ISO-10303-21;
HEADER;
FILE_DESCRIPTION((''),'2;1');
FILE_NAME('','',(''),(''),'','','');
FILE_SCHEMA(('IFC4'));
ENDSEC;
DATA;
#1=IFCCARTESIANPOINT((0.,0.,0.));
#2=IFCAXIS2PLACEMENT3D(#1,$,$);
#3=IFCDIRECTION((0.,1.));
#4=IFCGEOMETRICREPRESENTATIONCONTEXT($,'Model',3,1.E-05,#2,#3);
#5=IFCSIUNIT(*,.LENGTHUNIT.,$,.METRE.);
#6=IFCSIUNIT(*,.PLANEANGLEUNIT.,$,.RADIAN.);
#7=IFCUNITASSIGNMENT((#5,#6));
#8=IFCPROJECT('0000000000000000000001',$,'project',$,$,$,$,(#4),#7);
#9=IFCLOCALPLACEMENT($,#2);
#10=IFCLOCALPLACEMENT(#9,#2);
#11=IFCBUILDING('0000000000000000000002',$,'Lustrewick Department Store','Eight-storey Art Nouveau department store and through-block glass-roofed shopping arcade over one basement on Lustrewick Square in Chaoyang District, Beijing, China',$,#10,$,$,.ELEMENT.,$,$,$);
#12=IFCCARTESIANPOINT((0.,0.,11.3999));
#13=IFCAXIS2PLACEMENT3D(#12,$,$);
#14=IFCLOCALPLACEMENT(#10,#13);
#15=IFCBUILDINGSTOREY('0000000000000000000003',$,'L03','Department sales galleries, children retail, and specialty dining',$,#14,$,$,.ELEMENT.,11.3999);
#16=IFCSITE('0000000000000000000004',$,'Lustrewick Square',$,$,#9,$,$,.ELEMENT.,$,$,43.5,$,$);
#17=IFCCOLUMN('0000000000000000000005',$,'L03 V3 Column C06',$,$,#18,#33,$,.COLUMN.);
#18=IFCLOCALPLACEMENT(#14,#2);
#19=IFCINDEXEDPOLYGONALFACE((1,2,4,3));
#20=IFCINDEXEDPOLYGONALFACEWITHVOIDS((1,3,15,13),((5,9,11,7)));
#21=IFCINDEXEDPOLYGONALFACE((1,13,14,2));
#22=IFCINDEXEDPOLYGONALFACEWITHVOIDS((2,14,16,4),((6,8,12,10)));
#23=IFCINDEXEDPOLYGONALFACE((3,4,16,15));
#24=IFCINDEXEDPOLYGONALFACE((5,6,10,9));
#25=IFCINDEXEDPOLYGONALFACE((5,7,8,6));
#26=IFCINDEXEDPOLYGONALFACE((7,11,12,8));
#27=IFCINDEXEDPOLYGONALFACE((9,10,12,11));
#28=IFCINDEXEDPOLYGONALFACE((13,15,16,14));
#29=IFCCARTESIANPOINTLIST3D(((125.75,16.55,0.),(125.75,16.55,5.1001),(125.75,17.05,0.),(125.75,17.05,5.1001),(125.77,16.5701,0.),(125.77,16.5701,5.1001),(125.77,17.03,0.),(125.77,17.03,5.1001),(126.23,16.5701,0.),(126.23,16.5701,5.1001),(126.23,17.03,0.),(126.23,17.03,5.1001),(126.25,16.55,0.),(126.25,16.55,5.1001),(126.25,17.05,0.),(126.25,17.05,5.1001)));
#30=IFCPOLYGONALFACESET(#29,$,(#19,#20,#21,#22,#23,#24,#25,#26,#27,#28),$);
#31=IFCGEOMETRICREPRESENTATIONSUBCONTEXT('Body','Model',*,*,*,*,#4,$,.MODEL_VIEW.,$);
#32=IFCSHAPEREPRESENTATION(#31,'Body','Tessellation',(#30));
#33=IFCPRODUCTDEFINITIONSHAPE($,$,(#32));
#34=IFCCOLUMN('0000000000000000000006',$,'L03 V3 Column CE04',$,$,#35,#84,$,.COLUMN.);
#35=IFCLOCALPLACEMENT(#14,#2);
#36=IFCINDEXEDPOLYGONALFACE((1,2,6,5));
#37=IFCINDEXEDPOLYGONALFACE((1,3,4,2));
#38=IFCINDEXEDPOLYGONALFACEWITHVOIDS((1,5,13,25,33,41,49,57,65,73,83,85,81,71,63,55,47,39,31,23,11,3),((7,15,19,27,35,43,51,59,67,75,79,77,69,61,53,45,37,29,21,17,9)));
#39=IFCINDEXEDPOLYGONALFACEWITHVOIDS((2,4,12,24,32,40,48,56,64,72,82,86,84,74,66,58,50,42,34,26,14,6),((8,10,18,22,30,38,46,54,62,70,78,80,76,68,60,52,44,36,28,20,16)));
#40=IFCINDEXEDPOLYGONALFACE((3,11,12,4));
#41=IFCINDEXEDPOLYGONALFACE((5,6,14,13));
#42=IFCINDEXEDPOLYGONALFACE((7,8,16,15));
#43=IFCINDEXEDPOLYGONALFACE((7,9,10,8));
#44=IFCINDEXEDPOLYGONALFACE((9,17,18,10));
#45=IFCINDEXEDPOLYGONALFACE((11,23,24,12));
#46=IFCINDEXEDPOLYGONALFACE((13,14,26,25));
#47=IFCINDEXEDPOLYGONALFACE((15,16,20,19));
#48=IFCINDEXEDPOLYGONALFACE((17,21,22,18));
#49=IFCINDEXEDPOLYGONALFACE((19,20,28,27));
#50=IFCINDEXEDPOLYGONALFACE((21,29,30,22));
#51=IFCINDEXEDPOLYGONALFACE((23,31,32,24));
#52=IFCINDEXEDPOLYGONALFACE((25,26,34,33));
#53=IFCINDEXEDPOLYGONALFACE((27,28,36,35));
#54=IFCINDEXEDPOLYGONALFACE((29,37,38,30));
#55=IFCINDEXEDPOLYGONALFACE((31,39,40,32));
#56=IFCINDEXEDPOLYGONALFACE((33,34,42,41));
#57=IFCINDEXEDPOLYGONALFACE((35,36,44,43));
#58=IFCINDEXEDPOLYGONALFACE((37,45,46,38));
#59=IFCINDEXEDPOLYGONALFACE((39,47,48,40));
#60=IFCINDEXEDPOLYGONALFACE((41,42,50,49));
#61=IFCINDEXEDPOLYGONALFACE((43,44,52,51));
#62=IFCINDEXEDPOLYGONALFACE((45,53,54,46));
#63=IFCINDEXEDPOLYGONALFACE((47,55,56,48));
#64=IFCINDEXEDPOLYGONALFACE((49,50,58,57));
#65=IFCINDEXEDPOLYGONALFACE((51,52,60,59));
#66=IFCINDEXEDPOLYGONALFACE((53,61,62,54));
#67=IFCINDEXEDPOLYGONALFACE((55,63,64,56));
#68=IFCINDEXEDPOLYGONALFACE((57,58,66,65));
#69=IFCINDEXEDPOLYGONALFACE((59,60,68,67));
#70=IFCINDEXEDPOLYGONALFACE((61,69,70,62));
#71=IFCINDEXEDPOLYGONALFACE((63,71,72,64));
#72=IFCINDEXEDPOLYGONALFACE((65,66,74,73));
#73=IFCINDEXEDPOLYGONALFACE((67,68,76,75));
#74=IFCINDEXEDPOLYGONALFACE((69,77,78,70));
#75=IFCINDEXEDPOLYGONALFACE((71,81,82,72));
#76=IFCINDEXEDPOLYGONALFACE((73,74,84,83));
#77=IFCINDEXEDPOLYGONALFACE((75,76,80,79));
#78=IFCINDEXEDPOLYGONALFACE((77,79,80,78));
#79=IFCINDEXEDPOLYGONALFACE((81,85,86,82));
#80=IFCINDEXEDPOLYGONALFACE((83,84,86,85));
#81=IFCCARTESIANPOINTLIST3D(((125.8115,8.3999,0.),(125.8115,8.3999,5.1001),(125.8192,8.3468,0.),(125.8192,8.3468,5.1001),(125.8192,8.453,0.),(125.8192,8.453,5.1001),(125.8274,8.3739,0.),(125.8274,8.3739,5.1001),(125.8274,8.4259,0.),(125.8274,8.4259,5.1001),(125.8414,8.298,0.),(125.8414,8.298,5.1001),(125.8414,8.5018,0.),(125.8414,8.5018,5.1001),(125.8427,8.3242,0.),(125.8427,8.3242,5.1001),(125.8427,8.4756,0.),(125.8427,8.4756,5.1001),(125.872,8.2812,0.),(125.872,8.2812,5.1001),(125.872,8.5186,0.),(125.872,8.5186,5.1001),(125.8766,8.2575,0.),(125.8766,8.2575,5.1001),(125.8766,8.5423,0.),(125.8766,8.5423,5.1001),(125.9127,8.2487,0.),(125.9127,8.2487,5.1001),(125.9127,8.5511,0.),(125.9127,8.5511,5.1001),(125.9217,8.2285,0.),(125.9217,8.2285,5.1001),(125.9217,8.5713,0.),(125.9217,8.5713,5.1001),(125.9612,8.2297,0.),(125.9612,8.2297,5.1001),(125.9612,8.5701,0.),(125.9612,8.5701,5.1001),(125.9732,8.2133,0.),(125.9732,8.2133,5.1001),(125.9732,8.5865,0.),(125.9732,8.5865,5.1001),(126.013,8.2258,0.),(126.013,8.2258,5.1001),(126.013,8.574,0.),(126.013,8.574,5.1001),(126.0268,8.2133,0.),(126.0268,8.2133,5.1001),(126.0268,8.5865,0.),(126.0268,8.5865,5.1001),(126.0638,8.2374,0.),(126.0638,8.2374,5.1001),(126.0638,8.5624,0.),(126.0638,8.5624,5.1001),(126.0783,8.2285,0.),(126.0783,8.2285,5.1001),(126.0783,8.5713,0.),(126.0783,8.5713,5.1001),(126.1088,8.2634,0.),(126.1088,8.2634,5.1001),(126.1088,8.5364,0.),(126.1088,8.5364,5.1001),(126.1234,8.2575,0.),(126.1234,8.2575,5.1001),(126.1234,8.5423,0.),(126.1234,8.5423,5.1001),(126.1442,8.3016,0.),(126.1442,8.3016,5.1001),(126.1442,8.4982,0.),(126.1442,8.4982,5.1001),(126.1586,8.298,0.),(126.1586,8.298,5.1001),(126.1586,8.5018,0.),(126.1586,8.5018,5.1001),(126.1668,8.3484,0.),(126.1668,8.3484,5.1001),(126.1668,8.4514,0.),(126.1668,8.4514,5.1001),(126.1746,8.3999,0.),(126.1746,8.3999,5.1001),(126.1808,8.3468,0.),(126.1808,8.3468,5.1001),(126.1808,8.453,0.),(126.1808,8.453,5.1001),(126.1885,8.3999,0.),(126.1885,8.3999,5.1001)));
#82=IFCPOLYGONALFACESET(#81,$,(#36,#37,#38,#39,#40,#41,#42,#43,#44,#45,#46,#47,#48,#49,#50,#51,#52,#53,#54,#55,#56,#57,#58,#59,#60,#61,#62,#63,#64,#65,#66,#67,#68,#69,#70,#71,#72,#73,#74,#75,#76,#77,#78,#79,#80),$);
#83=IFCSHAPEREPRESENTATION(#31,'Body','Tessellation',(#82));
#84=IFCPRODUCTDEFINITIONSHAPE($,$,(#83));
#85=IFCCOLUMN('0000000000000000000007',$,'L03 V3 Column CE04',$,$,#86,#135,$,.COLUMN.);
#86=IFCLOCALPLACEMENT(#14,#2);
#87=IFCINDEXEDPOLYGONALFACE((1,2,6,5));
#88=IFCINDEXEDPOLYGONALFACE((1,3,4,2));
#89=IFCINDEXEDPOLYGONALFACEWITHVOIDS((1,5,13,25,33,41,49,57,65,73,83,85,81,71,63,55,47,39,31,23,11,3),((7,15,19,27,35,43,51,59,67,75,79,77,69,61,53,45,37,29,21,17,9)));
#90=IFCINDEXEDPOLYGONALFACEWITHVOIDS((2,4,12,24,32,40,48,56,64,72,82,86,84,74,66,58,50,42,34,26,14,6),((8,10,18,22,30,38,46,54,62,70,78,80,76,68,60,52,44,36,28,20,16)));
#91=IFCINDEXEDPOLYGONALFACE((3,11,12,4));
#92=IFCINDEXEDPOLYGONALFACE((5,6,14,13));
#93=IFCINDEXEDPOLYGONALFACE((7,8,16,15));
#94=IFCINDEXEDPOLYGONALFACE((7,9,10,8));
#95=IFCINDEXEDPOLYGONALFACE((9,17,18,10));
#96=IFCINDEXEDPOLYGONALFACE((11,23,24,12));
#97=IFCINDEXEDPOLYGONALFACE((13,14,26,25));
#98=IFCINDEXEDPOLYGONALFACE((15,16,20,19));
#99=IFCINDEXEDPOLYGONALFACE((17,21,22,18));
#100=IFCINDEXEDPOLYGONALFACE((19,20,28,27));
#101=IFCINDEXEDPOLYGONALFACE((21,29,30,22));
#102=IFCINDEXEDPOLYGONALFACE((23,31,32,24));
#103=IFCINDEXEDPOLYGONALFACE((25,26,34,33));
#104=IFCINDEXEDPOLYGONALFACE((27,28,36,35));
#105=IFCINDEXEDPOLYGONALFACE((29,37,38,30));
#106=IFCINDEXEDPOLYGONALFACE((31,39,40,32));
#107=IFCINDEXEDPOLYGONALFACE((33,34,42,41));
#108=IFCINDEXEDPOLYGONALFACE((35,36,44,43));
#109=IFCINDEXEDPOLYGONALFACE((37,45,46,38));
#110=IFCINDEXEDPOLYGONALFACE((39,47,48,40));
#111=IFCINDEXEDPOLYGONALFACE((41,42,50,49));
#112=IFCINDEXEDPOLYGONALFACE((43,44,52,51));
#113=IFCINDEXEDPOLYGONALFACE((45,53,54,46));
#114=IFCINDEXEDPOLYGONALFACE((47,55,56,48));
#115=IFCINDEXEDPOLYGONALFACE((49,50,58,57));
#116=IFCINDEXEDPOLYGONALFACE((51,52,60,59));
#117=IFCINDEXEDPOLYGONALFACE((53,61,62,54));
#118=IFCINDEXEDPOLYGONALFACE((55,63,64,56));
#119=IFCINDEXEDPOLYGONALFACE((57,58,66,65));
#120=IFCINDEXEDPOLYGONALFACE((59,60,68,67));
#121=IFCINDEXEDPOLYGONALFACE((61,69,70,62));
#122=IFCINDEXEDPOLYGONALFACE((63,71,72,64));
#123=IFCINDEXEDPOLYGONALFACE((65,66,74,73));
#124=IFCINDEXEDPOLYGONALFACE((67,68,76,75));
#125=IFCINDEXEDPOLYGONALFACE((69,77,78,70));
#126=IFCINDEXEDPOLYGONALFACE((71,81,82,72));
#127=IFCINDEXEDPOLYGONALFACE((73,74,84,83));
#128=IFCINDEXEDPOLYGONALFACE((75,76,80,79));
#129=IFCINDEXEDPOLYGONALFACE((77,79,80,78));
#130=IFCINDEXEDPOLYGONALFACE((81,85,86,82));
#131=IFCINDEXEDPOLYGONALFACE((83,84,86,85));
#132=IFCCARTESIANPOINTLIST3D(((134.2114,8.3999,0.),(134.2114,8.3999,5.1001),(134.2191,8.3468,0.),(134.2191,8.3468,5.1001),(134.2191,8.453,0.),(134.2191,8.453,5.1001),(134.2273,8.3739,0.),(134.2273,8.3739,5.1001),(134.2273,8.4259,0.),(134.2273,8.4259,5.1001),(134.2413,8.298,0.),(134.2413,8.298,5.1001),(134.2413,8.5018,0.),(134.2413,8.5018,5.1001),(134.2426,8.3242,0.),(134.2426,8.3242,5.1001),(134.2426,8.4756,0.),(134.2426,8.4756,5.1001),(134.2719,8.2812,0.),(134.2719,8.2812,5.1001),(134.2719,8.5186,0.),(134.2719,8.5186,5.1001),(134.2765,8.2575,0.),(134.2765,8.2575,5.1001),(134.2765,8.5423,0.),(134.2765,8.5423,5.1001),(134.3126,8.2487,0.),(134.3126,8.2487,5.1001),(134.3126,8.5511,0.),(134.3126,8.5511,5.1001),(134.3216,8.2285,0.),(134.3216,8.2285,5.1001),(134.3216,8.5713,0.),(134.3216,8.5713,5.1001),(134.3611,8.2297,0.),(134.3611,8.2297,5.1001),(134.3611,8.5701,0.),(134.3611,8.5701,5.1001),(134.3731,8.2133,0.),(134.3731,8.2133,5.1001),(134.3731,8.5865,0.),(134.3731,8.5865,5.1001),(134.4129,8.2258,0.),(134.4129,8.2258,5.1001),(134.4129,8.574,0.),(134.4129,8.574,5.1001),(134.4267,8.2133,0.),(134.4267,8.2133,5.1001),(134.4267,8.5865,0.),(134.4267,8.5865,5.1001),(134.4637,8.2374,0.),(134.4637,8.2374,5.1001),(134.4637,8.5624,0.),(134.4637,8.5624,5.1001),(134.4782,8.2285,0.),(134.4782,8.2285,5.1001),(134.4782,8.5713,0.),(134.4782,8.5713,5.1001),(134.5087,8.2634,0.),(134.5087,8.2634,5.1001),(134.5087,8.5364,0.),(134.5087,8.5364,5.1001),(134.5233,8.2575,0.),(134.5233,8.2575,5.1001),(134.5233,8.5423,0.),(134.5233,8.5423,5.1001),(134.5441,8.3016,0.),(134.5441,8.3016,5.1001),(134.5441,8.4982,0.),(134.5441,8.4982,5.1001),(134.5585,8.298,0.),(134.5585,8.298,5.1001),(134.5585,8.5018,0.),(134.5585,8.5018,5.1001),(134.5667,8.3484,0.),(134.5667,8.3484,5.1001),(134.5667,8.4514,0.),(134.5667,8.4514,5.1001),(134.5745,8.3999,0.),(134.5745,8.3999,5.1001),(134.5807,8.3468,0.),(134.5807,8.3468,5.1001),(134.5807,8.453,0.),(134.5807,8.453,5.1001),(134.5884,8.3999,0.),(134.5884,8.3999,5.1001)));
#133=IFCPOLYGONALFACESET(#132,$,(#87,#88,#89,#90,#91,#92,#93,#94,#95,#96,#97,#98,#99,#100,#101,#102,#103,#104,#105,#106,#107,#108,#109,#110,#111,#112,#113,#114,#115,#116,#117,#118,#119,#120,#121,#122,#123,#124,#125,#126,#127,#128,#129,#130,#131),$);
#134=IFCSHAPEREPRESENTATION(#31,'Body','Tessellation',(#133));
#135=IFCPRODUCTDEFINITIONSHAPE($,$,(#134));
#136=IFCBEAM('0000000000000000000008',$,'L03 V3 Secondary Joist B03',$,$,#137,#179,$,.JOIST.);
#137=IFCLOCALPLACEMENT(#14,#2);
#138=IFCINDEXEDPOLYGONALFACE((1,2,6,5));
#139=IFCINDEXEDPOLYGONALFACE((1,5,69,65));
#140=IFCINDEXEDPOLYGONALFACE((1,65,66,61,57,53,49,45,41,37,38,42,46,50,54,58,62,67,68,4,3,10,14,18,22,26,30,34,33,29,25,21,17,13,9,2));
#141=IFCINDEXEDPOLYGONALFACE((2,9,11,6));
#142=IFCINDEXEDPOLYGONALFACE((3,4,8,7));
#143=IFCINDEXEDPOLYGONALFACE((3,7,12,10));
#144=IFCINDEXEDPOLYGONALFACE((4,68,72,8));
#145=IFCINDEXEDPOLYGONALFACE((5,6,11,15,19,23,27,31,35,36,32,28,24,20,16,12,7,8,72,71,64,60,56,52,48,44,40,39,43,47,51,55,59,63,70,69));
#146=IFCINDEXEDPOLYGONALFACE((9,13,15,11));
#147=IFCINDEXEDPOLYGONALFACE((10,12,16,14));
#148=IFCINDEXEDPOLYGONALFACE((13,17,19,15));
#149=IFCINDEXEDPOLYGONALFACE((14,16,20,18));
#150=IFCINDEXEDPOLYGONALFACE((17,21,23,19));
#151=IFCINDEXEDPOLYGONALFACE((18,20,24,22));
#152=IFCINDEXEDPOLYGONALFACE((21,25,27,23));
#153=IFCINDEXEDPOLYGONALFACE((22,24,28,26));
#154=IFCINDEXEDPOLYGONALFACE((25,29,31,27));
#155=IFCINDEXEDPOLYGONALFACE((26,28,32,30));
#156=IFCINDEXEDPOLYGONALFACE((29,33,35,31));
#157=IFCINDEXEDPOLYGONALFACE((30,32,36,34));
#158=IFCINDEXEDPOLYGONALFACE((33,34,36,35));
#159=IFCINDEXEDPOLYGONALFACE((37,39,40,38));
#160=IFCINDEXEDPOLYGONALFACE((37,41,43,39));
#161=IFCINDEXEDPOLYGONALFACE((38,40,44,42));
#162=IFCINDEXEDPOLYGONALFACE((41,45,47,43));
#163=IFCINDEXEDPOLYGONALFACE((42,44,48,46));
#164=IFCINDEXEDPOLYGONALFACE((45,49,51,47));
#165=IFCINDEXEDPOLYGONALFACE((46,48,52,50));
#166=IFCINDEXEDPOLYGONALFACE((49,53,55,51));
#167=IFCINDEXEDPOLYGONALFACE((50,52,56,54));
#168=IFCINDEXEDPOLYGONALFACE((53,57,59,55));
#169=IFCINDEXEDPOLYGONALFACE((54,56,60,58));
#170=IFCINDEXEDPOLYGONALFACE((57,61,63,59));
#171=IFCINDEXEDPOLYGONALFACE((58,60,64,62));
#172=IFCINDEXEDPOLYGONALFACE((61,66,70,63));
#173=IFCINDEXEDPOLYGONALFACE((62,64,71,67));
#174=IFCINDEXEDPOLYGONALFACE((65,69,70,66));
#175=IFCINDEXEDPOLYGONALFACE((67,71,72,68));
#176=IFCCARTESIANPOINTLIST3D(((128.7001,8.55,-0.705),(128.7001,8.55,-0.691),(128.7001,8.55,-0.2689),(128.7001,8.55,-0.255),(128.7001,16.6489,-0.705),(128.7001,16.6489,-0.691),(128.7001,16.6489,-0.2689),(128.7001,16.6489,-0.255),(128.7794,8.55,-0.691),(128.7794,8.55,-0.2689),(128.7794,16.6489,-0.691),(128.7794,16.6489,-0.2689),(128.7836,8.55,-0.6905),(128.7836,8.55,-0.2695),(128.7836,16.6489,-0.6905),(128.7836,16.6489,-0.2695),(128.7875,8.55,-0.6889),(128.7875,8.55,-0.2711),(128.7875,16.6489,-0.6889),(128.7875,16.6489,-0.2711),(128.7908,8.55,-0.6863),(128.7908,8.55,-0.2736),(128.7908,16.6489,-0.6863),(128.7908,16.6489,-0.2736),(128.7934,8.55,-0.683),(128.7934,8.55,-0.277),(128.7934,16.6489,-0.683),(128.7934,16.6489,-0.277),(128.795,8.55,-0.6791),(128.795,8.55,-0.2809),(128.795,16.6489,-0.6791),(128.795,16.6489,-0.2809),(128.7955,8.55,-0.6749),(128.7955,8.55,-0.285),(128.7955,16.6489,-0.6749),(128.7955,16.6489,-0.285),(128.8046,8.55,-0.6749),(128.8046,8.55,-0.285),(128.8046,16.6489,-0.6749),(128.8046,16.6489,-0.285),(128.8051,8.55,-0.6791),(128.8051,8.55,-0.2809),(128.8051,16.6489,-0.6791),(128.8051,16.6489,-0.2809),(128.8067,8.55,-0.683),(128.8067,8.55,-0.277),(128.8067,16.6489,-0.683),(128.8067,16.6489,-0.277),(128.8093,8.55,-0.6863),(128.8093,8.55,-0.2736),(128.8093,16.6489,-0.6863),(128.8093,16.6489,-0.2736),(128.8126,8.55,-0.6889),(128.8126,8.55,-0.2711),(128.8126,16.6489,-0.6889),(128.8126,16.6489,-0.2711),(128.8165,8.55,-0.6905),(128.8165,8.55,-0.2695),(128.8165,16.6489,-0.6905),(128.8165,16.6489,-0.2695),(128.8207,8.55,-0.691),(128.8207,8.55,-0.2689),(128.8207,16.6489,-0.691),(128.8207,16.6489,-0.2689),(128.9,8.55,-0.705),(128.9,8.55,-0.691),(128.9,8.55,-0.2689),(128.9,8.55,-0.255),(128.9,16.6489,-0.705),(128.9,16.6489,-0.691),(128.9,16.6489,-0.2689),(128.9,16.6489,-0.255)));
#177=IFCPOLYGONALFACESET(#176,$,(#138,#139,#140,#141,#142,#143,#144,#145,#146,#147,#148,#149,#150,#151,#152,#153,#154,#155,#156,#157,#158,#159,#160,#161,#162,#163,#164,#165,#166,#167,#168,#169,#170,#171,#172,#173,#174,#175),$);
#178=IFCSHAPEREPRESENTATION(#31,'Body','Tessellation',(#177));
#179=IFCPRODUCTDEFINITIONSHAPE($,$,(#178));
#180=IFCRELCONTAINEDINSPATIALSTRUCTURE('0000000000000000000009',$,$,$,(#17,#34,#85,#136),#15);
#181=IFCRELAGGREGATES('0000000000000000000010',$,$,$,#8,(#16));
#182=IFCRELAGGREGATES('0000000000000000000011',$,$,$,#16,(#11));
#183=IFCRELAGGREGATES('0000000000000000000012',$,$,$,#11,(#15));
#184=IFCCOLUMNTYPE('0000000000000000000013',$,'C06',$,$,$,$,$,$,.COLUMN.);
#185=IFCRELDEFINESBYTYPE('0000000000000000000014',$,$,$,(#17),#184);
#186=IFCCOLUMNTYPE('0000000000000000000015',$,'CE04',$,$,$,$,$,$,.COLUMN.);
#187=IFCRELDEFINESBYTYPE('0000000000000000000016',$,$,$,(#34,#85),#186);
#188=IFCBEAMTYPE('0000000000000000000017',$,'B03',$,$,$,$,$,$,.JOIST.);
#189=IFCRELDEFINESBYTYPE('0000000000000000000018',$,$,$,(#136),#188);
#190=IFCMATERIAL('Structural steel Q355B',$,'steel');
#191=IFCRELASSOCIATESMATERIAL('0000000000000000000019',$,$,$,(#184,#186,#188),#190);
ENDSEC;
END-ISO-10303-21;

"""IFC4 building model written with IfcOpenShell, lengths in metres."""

from ifc_helpers import new_model, si_unit, direction, frame, origin, origin_2d, place, context, subcontext, project, spatial, hollow_rectangle, hollow_circle, i_section, extrude, material, material_profile, profile_set, type_object, element, save


model = new_model("IFC4")

# Units and contexts
model_context = context("Model", 3, precision=1e-05, world=origin(), true_north=direction((0.0, 1.0)))
body_context = subcontext(model_context, "Body", "Model", "MODEL_VIEW")
ifc_project = project(units=[si_unit("LENGTHUNIT", "METRE"), si_unit("PLANEANGLEUNIT", "RADIAN")], contexts=[model_context])

# Site, building, storey
site_placement = place(None, origin())
site = spatial("IfcSite", under=ifc_project, at=site_placement, Name="Lustrewick Square", CompositionType="ELEMENT", RefElevation=43.5)
building_placement = place(site_placement, origin())
building = spatial("IfcBuilding", under=site, at=building_placement, Name="Lustrewick Department Store", Description="Eight-storey Art Nouveau department store and through-block glass-roofed shopping arcade over one basement on Lustrewick Square in Chaoyang District, Beijing, China", CompositionType="ELEMENT")
storey_placement = place(building_placement, frame((0.0, 0.0, 11.3999)))
storey = spatial("IfcBuildingStorey", under=building, at=storey_placement, Name="L03", Description="Department sales galleries, children retail, and specialty dining", CompositionType="ELEMENT", Elevation=11.3999)

# Columns
ifc_material_1 = material(Name="Structural steel Q355B", Category="steel")
ifc_material_profile_1 = material_profile(ifc_material_1, hollow_rectangle(XDim=0.5, YDim=0.5, WallThickness=0.02, at=origin_2d()), Name="BOX 500x500x20")
ifc_profile_set_1 = profile_set([ifc_material_profile_1], Name="Structural steel Q355B")
column_type_1 = type_object("IfcColumnType", Name="C06", PredefinedType="COLUMN", material=ifc_profile_set_1)
column_placement = place(storey_placement, frame((126.0, 16.8, 0.0), z_axis=(0.0, 0.0, 1.0), x_axis=(1.0, 0.0, 0.0)))
element("IfcColumn", 1, at=column_placement, inside=storey, type_object=column_type_1, Name="L03 V3 Column C06", PredefinedType="COLUMN", context=body_context, shape_type="SweptSolid", body=[
    extrude(hollow_rectangle(XDim=0.5, YDim=0.5, WallThickness=0.02, at=origin_2d()), origin(), (0.0, 0.0, 1.0), 5.1001),
])
ifc_material_profile_2 = material_profile(ifc_material_1, hollow_circle(Radius=0.1885, WallThickness=0.0139, at=origin_2d()), Name="CHS 377x14")
ifc_profile_set_2 = profile_set([ifc_material_profile_2], Name="Structural steel Q355B")
column_type_2 = type_object("IfcColumnType", Name="CE04", PredefinedType="COLUMN", material=ifc_profile_set_2)
for number, where, z_axis, x_axis, name in (
    (2, (126.0, 8.3999, 0.0), (0.0, 0.0, 1.0), (1.0, 0.0, 0.0), "L03 V3 Column CE04"),
    (3, (134.3999, 8.3999, 0.0), (0.0, 0.0, 1.0), (1.0, 0.0, 0.0), "L03 V3 Column CE04"),
):
    element("IfcColumn", number, at=place(storey_placement, frame(where, z_axis=z_axis, x_axis=x_axis)), inside=storey, type_object=column_type_2, Name=name, PredefinedType="COLUMN", context=body_context, shape_type="SweptSolid", body=[
        extrude(hollow_circle(Radius=0.1885, WallThickness=0.0139, at=origin_2d()), origin(), (0.0, 0.0, 1.0), 5.1001),
    ])

# Beam
ifc_material_profile_3 = material_profile(ifc_material_1, i_section(OverallWidth=0.2, OverallDepth=0.45, WebThickness=0.009, FlangeThickness=0.0139, FilletRadius=0.0161, at=origin_2d()), Name="HN 450x200x9x14")
ifc_profile_set_3 = profile_set([ifc_material_profile_3], Name="Structural steel Q355B")
beam_type_1 = type_object("IfcBeamType", Name="B03", PredefinedType="JOIST", material=ifc_profile_set_3)
beam_1_placement = place(storey_placement, frame((128.8, 8.55, -0.48), z_axis=(0.0, 1.0, 0.0), x_axis=(-1.0, 0.0, 0.0)))
element("IfcBeam", 4, at=beam_1_placement, inside=storey, type_object=beam_type_1, Name="L03 V3 Secondary Joist B03", PredefinedType="JOIST", context=body_context, shape_type="SweptSolid", body=[
    extrude(i_section(OverallWidth=0.2, OverallDepth=0.45, WebThickness=0.009, FlangeThickness=0.0139, FilletRadius=0.0161, at=origin_2d()), origin(), (0.0, 0.0, 1.0), 8.0989),
])

save(model, "model.ifc")
